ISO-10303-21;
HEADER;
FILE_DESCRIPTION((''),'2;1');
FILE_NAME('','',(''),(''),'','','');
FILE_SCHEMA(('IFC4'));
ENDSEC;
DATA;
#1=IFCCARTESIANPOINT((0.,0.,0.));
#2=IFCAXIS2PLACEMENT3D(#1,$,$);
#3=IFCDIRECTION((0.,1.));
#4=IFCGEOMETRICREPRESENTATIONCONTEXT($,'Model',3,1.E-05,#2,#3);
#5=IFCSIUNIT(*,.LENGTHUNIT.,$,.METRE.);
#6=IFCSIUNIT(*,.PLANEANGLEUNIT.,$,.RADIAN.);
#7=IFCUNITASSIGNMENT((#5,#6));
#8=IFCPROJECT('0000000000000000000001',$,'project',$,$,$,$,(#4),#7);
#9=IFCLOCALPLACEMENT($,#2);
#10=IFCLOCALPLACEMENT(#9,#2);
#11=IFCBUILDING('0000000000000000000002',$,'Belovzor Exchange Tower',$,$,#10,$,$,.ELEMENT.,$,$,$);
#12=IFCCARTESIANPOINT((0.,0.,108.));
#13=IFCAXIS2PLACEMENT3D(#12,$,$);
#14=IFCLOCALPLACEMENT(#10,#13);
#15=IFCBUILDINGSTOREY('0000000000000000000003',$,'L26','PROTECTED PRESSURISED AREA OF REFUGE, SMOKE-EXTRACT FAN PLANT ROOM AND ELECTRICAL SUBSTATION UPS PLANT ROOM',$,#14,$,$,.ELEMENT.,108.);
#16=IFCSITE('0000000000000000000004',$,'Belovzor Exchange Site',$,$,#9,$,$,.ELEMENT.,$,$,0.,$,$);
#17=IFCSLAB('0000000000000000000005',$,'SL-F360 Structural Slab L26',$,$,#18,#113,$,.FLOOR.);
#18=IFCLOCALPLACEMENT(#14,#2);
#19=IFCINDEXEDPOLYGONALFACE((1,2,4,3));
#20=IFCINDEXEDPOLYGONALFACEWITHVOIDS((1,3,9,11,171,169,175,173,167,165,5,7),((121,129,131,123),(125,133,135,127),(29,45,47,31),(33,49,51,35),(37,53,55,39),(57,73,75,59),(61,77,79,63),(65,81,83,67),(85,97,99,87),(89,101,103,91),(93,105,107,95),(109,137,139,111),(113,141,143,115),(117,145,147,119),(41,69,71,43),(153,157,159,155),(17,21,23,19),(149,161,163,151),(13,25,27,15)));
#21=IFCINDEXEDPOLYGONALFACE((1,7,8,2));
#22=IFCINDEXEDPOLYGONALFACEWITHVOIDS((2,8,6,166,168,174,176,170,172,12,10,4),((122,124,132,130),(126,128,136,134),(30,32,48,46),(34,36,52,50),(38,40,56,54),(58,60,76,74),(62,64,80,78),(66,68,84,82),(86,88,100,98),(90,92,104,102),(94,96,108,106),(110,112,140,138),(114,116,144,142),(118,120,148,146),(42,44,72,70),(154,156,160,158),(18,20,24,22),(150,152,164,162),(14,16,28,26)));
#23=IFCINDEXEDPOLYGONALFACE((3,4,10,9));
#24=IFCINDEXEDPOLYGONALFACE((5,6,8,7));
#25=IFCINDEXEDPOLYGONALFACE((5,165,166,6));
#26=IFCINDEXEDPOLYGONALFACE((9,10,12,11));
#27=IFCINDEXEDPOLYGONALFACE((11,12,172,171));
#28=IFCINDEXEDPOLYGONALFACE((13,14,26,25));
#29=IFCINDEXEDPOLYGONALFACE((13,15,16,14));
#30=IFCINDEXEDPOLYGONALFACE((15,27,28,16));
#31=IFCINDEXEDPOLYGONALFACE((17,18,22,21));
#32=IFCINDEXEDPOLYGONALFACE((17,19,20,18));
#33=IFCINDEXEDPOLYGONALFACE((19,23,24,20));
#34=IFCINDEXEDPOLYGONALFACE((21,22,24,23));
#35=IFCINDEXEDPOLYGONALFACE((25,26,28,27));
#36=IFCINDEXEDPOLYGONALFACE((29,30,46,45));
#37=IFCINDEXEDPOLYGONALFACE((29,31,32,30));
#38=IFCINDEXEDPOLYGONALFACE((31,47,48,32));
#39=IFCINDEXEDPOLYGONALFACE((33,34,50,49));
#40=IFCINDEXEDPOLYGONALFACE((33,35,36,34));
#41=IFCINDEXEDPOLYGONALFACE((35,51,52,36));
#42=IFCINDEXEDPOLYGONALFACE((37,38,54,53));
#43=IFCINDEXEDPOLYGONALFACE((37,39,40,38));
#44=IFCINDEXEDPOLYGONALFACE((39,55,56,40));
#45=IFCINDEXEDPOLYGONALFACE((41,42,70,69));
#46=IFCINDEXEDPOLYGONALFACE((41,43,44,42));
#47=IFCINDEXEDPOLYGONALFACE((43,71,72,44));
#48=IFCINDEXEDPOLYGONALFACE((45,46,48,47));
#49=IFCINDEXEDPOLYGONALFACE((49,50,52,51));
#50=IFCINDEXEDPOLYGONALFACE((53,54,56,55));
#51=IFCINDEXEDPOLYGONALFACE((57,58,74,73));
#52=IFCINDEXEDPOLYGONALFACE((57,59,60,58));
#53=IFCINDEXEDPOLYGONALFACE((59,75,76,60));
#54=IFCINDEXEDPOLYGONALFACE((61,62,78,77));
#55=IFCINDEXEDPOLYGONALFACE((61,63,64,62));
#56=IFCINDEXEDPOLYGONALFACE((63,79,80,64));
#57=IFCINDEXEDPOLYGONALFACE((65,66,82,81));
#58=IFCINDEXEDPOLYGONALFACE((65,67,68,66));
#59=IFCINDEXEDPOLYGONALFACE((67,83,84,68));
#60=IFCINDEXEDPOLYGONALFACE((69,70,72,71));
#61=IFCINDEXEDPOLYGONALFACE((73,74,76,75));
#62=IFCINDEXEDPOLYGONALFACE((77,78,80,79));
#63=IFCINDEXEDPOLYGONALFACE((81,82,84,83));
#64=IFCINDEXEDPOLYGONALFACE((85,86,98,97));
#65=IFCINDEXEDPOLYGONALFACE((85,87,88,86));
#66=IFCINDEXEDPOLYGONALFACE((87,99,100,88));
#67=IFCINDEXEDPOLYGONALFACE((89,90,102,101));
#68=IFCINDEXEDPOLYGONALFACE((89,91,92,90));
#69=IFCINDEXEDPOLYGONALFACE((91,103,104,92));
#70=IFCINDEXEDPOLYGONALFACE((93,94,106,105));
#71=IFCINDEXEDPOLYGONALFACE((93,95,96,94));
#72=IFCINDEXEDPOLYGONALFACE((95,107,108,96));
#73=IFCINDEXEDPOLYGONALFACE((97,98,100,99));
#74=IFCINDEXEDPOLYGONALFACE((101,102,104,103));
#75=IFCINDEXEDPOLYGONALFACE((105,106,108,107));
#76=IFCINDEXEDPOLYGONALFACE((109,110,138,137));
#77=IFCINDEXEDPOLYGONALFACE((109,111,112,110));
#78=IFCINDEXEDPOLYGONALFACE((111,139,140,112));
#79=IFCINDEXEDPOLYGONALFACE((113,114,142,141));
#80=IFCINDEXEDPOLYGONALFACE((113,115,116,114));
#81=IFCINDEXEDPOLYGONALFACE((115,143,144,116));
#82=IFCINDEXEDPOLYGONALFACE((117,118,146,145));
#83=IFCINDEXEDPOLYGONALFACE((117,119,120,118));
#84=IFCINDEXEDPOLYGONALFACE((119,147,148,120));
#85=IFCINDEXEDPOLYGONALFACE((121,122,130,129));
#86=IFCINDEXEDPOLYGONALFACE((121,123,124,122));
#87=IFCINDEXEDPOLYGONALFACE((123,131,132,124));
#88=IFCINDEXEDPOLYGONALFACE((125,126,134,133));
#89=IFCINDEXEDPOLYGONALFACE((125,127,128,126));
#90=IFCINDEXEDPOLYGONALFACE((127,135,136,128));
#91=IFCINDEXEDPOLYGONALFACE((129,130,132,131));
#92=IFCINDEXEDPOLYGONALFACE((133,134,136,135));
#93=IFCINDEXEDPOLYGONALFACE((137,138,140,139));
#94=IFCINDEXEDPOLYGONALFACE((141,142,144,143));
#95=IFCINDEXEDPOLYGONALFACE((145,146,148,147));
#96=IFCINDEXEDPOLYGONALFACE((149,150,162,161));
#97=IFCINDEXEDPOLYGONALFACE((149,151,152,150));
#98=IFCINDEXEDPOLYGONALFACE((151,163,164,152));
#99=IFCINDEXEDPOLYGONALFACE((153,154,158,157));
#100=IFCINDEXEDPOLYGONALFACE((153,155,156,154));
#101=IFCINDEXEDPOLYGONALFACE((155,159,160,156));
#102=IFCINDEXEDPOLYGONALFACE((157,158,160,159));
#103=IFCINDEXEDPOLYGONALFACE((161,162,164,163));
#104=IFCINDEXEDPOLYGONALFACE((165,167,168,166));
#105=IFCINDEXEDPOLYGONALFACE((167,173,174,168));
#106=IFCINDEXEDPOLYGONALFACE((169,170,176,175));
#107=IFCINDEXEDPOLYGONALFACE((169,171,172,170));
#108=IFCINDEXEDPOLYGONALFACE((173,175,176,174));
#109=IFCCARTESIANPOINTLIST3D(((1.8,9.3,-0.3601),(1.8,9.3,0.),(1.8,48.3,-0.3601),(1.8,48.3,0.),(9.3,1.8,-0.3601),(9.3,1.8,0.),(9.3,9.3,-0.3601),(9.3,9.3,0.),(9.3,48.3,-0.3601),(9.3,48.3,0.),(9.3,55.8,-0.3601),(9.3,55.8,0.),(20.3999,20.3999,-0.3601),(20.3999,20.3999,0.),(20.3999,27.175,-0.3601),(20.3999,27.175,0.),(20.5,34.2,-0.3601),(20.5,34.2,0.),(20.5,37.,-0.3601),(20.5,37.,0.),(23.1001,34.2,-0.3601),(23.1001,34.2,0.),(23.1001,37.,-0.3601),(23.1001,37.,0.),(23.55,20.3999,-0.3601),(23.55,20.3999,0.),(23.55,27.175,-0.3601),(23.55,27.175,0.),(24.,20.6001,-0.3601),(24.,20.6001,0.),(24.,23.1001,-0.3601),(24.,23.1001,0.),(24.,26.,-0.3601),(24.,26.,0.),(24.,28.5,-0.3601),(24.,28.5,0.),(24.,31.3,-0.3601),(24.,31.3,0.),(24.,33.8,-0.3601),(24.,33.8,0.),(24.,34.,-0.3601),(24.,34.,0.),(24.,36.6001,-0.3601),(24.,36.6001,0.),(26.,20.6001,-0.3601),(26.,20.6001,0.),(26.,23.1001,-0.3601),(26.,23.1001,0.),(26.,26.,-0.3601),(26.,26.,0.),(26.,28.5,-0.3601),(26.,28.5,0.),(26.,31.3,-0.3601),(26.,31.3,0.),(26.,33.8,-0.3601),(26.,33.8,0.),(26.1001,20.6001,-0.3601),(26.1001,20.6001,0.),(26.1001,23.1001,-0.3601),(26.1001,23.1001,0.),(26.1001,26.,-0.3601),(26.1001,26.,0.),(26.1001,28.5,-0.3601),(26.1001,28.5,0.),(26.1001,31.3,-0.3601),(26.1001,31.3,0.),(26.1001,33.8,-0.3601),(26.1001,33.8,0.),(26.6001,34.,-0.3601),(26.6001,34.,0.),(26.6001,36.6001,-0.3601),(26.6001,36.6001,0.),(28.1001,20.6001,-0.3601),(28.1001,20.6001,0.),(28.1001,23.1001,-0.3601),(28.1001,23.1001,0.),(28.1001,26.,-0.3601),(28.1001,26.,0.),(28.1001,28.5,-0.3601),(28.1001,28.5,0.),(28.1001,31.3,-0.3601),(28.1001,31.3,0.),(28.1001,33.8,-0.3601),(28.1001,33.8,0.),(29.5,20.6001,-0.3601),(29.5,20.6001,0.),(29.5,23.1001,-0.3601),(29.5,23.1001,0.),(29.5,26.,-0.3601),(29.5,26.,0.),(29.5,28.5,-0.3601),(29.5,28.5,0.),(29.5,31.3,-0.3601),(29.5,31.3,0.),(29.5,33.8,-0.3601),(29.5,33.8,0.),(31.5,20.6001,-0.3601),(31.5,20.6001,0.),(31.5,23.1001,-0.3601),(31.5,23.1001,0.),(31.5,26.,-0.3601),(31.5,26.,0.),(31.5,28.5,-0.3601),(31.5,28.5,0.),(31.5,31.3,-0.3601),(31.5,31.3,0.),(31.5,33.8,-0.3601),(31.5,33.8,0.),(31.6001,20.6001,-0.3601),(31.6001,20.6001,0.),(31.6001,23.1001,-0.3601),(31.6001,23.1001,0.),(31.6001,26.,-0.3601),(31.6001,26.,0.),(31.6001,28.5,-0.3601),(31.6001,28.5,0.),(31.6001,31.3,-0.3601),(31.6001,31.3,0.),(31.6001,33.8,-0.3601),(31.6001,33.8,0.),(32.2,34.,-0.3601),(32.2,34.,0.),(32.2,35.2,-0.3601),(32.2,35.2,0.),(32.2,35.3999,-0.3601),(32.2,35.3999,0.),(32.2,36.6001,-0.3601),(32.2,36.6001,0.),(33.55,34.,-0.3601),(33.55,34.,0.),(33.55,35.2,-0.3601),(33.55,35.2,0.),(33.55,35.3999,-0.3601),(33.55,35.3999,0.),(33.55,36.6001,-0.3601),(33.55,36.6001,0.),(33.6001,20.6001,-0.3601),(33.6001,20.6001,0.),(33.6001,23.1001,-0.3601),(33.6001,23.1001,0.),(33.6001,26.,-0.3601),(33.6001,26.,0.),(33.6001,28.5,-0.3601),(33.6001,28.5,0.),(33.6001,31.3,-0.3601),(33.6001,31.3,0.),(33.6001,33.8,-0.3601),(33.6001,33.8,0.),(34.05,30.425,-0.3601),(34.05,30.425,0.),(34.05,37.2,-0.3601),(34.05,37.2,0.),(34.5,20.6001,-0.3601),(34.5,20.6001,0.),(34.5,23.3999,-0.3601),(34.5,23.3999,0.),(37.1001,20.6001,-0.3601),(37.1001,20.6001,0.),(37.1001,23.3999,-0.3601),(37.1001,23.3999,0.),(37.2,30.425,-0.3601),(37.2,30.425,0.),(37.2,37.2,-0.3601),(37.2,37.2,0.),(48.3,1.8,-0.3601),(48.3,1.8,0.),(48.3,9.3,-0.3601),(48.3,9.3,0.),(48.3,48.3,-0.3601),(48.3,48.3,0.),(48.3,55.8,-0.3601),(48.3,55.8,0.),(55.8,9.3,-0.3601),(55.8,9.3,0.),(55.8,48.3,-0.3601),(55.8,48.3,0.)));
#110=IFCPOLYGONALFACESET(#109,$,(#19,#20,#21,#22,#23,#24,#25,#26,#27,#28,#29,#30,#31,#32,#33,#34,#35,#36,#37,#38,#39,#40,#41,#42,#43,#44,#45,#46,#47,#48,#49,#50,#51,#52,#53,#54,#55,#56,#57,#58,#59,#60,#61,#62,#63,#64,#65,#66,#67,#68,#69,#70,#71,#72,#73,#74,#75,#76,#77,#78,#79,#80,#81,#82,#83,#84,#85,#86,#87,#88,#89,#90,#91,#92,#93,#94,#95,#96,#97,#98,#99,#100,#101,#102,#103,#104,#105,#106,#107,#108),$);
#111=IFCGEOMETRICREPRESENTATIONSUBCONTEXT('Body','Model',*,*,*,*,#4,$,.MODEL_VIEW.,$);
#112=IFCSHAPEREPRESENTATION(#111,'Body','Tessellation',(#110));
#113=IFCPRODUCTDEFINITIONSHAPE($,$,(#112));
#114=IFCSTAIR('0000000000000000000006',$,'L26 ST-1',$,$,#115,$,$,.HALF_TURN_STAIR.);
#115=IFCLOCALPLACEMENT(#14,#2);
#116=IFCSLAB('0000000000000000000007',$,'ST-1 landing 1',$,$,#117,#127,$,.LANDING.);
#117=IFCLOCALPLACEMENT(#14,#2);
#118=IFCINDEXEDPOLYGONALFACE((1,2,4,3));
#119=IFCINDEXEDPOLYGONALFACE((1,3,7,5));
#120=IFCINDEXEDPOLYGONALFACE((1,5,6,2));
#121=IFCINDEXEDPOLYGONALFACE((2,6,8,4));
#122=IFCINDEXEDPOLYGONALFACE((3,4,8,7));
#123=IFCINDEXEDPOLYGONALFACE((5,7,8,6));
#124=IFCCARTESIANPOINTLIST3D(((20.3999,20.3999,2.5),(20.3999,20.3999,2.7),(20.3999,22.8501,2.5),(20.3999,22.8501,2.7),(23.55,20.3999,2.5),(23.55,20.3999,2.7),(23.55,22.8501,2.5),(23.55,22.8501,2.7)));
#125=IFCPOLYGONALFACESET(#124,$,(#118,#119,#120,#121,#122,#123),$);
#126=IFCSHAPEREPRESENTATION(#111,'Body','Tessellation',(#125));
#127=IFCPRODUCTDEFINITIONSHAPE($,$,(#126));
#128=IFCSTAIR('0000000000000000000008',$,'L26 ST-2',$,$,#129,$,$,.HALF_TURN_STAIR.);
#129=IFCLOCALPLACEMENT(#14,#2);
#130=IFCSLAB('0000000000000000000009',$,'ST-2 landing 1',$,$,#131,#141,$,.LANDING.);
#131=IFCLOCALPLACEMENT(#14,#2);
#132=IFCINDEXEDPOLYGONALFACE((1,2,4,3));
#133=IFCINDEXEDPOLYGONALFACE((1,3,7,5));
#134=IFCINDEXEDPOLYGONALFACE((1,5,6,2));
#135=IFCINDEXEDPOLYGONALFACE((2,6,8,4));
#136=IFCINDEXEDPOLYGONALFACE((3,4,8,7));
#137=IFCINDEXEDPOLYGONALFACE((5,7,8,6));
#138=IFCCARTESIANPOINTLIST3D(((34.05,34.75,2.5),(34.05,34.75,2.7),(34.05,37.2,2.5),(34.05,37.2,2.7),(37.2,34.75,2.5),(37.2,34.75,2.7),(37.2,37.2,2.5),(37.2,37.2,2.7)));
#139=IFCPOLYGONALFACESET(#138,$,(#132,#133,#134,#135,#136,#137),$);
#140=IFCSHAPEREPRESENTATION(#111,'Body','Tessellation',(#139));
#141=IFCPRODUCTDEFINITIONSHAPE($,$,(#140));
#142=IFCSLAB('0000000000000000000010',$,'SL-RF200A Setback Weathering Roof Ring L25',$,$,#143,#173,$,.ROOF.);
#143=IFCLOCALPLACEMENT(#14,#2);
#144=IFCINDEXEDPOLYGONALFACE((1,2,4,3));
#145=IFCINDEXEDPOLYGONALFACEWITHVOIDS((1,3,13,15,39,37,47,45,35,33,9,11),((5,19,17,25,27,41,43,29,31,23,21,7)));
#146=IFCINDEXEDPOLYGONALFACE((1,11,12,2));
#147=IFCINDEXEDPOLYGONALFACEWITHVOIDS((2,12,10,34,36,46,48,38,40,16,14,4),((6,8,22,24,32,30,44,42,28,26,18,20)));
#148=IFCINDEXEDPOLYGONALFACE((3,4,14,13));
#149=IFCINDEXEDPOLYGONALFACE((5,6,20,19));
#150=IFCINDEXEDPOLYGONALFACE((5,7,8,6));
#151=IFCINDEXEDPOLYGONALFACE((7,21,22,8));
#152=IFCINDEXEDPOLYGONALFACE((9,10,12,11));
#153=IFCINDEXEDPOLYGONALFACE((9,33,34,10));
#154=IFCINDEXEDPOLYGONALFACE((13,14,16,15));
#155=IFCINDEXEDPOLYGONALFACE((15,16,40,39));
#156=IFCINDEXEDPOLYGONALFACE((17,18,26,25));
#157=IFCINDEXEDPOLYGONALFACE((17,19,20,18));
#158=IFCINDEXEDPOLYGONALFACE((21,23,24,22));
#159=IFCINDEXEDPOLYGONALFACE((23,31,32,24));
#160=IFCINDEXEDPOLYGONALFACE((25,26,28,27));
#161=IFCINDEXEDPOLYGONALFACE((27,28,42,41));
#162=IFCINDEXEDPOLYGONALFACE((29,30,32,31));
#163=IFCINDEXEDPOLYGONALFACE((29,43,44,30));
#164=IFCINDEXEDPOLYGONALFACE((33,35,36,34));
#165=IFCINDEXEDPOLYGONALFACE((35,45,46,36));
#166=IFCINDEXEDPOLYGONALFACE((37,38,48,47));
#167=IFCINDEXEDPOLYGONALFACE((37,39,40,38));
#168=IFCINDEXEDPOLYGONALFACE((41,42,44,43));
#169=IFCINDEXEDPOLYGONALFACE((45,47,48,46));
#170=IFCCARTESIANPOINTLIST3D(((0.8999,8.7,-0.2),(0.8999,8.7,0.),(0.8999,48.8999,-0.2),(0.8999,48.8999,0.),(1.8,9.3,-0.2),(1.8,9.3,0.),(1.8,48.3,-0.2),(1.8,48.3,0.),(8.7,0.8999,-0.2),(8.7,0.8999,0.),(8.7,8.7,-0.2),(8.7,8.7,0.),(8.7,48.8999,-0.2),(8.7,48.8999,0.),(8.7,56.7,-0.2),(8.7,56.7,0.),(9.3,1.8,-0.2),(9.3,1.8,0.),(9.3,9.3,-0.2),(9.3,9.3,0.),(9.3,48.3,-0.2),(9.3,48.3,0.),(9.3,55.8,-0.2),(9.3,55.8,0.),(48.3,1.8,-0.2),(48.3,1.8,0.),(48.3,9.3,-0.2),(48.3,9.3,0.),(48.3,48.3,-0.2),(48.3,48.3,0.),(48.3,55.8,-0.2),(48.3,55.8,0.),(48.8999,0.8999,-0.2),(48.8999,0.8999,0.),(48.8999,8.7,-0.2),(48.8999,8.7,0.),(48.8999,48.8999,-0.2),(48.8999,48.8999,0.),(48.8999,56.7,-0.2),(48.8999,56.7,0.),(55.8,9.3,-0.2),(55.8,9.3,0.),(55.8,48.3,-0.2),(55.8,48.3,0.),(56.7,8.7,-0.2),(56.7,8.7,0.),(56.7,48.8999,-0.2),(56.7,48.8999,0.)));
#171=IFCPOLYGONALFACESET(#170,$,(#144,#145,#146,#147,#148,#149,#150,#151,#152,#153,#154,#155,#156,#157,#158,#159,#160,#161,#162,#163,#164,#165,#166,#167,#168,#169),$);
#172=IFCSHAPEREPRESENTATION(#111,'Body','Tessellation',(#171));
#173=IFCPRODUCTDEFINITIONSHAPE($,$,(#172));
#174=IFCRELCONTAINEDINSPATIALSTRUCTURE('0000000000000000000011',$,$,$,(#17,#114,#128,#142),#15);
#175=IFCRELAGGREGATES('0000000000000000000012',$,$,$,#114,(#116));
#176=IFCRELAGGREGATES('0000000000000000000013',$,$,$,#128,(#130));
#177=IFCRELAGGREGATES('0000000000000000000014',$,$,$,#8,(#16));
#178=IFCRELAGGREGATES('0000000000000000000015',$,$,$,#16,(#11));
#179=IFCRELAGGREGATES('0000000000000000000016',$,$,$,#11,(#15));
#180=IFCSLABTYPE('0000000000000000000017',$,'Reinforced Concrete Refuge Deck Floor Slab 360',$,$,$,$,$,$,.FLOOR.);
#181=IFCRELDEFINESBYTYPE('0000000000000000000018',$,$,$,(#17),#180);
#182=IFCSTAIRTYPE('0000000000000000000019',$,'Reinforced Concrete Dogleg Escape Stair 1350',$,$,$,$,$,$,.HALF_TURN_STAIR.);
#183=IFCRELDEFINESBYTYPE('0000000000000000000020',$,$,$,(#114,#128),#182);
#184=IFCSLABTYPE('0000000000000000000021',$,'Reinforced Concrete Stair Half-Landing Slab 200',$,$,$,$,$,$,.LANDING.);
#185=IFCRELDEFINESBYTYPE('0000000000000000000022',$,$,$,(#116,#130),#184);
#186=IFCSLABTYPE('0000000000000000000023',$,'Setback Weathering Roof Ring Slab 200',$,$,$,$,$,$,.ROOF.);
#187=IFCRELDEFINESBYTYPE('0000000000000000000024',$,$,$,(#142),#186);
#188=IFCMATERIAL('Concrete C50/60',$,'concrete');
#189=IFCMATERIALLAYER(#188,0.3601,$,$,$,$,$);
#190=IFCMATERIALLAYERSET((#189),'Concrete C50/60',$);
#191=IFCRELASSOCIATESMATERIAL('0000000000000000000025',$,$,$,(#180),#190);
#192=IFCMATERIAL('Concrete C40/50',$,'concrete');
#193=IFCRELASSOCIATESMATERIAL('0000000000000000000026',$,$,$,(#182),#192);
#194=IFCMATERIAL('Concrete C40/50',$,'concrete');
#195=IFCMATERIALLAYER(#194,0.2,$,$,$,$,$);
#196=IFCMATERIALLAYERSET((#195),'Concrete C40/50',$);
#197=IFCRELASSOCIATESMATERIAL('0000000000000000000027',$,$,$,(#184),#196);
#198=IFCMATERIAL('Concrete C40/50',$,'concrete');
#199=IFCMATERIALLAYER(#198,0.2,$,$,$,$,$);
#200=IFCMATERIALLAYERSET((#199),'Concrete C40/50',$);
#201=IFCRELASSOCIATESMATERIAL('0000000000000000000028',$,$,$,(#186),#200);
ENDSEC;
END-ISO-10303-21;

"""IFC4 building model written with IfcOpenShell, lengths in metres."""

from ifc_helpers import new_model, si_unit, direction, frame, origin, place, context, subcontext, project, spatial, polyline, outline, extrude, material, layer, layer_set, type_object, element, aggregate, save


model = new_model("IFC4")

# Units and contexts
model_context = context("Model", 3, precision=1e-05, world=origin(), true_north=direction((0.0, 1.0)))
body_context = subcontext(model_context, "Body", "Model", "MODEL_VIEW")
ifc_project = project(units=[si_unit("LENGTHUNIT", "METRE"), si_unit("PLANEANGLEUNIT", "RADIAN")], contexts=[model_context])

# Site, building, storey
site_placement = place(None, origin())
site = spatial("IfcSite", under=ifc_project, at=site_placement, Name="Belovzor Exchange Site", CompositionType="ELEMENT", RefElevation=0.0)
building_placement = place(site_placement, origin())
building = spatial("IfcBuilding", under=site, at=building_placement, Name="Belovzor Exchange Tower", CompositionType="ELEMENT")
storey_placement = place(building_placement, frame((0.0, 0.0, 108.0)))
storey = spatial("IfcBuildingStorey", under=building, at=storey_placement, Name="L26", Description="PROTECTED PRESSURISED AREA OF REFUGE, SMOKE-EXTRACT FAN PLANT ROOM AND ELECTRICAL SUBSTATION UPS PLANT ROOM", CompositionType="ELEMENT", Elevation=108.0)

# Slab
ifc_material_1 = material(Name="Concrete C50/60", Category="concrete")
ifc_layer_1 = layer(ifc_material_1, 0.3601)
ifc_layer_set_1 = layer_set([ifc_layer_1], Name="Concrete C50/60")
slab_type_1 = type_object("IfcSlabType", Name="Reinforced Concrete Refuge Deck Floor Slab 360", PredefinedType="FLOOR", material=ifc_layer_set_1)
slab_1_placement = place(storey_placement, frame((0.0, 0.0, -0.3601)))
element("IfcSlab", 1, at=slab_1_placement, inside=storey, type_object=slab_type_1, Name="SL-F360 Structural Slab L26", PredefinedType="FLOOR", context=body_context, shape_type="SweptSolid", body=[
    extrude(outline(polyline([(9.3, 1.8), (48.3, 1.8), (48.3, 9.3), (55.8, 9.3), (55.8, 48.3), (48.3, 48.3), (48.3, 55.8), (9.3, 55.8), (9.3, 48.3), (1.8, 48.3), (1.8, 9.3), (9.3, 9.3), (9.3, 1.8)]), holes=[polyline([(20.3999, 27.175), (20.3999, 20.3999), (23.55, 20.3999), (23.55, 27.175), (20.3999, 27.175)]), polyline([(37.2, 30.425), (37.2, 37.2), (34.05, 37.2), (34.05, 30.425), (37.2, 30.425)]), polyline([(20.5, 34.2), (23.1001, 34.2), (23.1001, 37.0), (20.5, 37.0), (20.5, 34.2)]), polyline([(34.5, 20.6001), (37.1001, 20.6001), (37.1001, 23.3999), (34.5, 23.3999), (34.5, 20.6001)]), polyline([(24.0, 34.0), (26.6001, 34.0), (26.6001, 36.6001), (24.0, 36.6001), (24.0, 34.0)]), polyline([(24.0, 20.6001), (26.0, 20.6001), (26.0, 23.1001), (24.0, 23.1001), (24.0, 20.6001)]), polyline([(26.1001, 20.6001), (28.1001, 20.6001), (28.1001, 23.1001), (26.1001, 23.1001), (26.1001, 20.6001)]), polyline([(29.5, 20.6001), (31.5, 20.6001), (31.5, 23.1001), (29.5, 23.1001), (29.5, 20.6001)]), polyline([(31.6001, 20.6001), (33.6001, 20.6001), (33.6001, 23.1001), (31.6001, 23.1001), (31.6001, 20.6001)]), polyline([(24.0, 26.0), (26.0, 26.0), (26.0, 28.5), (24.0, 28.5), (24.0, 26.0)]), polyline([(26.1001, 26.0), (28.1001, 26.0), (28.1001, 28.5), (26.1001, 28.5), (26.1001, 26.0)]), polyline([(29.5, 26.0), (31.5, 26.0), (31.5, 28.5), (29.5, 28.5), (29.5, 26.0)]), polyline([(31.6001, 26.0), (33.6001, 26.0), (33.6001, 28.5), (31.6001, 28.5), (31.6001, 26.0)]), polyline([(24.0, 31.3), (26.0, 31.3), (26.0, 33.8), (24.0, 33.8), (24.0, 31.3)]), polyline([(26.1001, 31.3), (28.1001, 31.3), (28.1001, 33.8), (26.1001, 33.8), (26.1001, 31.3)]), polyline([(29.5, 31.3), (31.5, 31.3), (31.5, 33.8), (29.5, 33.8), (29.5, 31.3)]), polyline([(31.6001, 31.3), (33.6001, 31.3), (33.6001, 33.8), (31.6001, 33.8), (31.6001, 31.3)]), polyline([(32.2, 34.0), (33.55, 34.0), (33.55, 35.2), (32.2, 35.2), (32.2, 34.0)]), polyline([(32.2, 35.3999), (33.55, 35.3999), (33.55, 36.6001), (32.2, 36.6001), (32.2, 35.3999)])]), origin(), (0.0, 0.0, 1.0), 0.3601),
])

# Stairs, slabs
ifc_material_2 = material(Name="Concrete C40/50", Category="concrete")
stair_type = type_object("IfcStairType", Name="Reinforced Concrete Dogleg Escape Stair 1350", PredefinedType="HALF_TURN_STAIR", material=ifc_material_2)
stair_1_placement = place(storey_placement, origin())
stair_1 = element("IfcStair", 2, at=stair_1_placement, inside=storey, type_object=stair_type, Name="L26 ST-1", PredefinedType="HALF_TURN_STAIR")
ifc_material_3 = material(Name="Concrete C40/50", Category="concrete")
ifc_layer_2 = layer(ifc_material_3, 0.2)
ifc_layer_set_2 = layer_set([ifc_layer_2], Name="Concrete C40/50")
slab_type_2 = type_object("IfcSlabType", Name="Reinforced Concrete Stair Half-Landing Slab 200", PredefinedType="LANDING", material=ifc_layer_set_2)
slab_2_placement = place(storey_placement, frame((0.0, 0.0, 2.5)))
slab_2 = element("IfcSlab", 3, at=slab_2_placement, type_object=slab_type_2, Name="ST-1 landing 1", PredefinedType="LANDING", context=body_context, shape_type="SweptSolid", body=[
    extrude(outline(polyline([(20.3999, 22.8501), (20.3999, 20.3999), (23.55, 20.3999), (23.55, 22.8501), (20.3999, 22.8501)])), origin(), (0.0, 0.0, 1.0), 0.2),
])
aggregate(stair_1, [slab_2])
stair_2_placement = place(storey_placement, origin())
stair_2 = element("IfcStair", 4, at=stair_2_placement, inside=storey, type_object=stair_type, Name="L26 ST-2", PredefinedType="HALF_TURN_STAIR")
slab_3_placement = place(storey_placement, frame((0.0, 0.0, 2.5)))
slab_3 = element("IfcSlab", 5, at=slab_3_placement, type_object=slab_type_2, Name="ST-2 landing 1", PredefinedType="LANDING", context=body_context, shape_type="SweptSolid", body=[
    extrude(outline(polyline([(37.2, 34.75), (37.2, 37.2), (34.05, 37.2), (34.05, 34.75), (37.2, 34.75)])), origin(), (0.0, 0.0, 1.0), 0.2),
])
aggregate(stair_2, [slab_3])

# Slab
ifc_material_4 = material(Name="Concrete C40/50", Category="concrete")
ifc_layer_3 = layer(ifc_material_4, 0.2)
ifc_layer_set_3 = layer_set([ifc_layer_3], Name="Concrete C40/50")
slab_type_3 = type_object("IfcSlabType", Name="Setback Weathering Roof Ring Slab 200", PredefinedType="ROOF", material=ifc_layer_set_3)
slab_4_placement = place(storey_placement, frame((0.0, 0.0, -0.2)))
element("IfcSlab", 6, at=slab_4_placement, inside=storey, type_object=slab_type_3, Name="SL-RF200A Setback Weathering Roof Ring L25", PredefinedType="ROOF", context=body_context, shape_type="SweptSolid", body=[
    extrude(outline(polyline([(8.7, 0.8999), (48.8999, 0.8999), (48.8999, 8.7), (56.7, 8.7), (56.7, 48.8999), (48.8999, 48.8999), (48.8999, 56.7), (8.7, 56.7), (8.7, 48.8999), (0.8999, 48.8999), (0.8999, 8.7), (8.7, 8.7), (8.7, 0.8999)]), holes=[polyline([(9.3, 1.8), (48.3, 1.8), (48.3, 9.3), (55.8, 9.3), (55.8, 48.3), (48.3, 48.3), (48.3, 55.8), (9.3, 55.8), (9.3, 48.3), (1.8, 48.3), (1.8, 9.3), (9.3, 9.3), (9.3, 1.8)])]), origin(), (0.0, 0.0, 1.0), 0.2),
])

save(model, "model.ifc")
